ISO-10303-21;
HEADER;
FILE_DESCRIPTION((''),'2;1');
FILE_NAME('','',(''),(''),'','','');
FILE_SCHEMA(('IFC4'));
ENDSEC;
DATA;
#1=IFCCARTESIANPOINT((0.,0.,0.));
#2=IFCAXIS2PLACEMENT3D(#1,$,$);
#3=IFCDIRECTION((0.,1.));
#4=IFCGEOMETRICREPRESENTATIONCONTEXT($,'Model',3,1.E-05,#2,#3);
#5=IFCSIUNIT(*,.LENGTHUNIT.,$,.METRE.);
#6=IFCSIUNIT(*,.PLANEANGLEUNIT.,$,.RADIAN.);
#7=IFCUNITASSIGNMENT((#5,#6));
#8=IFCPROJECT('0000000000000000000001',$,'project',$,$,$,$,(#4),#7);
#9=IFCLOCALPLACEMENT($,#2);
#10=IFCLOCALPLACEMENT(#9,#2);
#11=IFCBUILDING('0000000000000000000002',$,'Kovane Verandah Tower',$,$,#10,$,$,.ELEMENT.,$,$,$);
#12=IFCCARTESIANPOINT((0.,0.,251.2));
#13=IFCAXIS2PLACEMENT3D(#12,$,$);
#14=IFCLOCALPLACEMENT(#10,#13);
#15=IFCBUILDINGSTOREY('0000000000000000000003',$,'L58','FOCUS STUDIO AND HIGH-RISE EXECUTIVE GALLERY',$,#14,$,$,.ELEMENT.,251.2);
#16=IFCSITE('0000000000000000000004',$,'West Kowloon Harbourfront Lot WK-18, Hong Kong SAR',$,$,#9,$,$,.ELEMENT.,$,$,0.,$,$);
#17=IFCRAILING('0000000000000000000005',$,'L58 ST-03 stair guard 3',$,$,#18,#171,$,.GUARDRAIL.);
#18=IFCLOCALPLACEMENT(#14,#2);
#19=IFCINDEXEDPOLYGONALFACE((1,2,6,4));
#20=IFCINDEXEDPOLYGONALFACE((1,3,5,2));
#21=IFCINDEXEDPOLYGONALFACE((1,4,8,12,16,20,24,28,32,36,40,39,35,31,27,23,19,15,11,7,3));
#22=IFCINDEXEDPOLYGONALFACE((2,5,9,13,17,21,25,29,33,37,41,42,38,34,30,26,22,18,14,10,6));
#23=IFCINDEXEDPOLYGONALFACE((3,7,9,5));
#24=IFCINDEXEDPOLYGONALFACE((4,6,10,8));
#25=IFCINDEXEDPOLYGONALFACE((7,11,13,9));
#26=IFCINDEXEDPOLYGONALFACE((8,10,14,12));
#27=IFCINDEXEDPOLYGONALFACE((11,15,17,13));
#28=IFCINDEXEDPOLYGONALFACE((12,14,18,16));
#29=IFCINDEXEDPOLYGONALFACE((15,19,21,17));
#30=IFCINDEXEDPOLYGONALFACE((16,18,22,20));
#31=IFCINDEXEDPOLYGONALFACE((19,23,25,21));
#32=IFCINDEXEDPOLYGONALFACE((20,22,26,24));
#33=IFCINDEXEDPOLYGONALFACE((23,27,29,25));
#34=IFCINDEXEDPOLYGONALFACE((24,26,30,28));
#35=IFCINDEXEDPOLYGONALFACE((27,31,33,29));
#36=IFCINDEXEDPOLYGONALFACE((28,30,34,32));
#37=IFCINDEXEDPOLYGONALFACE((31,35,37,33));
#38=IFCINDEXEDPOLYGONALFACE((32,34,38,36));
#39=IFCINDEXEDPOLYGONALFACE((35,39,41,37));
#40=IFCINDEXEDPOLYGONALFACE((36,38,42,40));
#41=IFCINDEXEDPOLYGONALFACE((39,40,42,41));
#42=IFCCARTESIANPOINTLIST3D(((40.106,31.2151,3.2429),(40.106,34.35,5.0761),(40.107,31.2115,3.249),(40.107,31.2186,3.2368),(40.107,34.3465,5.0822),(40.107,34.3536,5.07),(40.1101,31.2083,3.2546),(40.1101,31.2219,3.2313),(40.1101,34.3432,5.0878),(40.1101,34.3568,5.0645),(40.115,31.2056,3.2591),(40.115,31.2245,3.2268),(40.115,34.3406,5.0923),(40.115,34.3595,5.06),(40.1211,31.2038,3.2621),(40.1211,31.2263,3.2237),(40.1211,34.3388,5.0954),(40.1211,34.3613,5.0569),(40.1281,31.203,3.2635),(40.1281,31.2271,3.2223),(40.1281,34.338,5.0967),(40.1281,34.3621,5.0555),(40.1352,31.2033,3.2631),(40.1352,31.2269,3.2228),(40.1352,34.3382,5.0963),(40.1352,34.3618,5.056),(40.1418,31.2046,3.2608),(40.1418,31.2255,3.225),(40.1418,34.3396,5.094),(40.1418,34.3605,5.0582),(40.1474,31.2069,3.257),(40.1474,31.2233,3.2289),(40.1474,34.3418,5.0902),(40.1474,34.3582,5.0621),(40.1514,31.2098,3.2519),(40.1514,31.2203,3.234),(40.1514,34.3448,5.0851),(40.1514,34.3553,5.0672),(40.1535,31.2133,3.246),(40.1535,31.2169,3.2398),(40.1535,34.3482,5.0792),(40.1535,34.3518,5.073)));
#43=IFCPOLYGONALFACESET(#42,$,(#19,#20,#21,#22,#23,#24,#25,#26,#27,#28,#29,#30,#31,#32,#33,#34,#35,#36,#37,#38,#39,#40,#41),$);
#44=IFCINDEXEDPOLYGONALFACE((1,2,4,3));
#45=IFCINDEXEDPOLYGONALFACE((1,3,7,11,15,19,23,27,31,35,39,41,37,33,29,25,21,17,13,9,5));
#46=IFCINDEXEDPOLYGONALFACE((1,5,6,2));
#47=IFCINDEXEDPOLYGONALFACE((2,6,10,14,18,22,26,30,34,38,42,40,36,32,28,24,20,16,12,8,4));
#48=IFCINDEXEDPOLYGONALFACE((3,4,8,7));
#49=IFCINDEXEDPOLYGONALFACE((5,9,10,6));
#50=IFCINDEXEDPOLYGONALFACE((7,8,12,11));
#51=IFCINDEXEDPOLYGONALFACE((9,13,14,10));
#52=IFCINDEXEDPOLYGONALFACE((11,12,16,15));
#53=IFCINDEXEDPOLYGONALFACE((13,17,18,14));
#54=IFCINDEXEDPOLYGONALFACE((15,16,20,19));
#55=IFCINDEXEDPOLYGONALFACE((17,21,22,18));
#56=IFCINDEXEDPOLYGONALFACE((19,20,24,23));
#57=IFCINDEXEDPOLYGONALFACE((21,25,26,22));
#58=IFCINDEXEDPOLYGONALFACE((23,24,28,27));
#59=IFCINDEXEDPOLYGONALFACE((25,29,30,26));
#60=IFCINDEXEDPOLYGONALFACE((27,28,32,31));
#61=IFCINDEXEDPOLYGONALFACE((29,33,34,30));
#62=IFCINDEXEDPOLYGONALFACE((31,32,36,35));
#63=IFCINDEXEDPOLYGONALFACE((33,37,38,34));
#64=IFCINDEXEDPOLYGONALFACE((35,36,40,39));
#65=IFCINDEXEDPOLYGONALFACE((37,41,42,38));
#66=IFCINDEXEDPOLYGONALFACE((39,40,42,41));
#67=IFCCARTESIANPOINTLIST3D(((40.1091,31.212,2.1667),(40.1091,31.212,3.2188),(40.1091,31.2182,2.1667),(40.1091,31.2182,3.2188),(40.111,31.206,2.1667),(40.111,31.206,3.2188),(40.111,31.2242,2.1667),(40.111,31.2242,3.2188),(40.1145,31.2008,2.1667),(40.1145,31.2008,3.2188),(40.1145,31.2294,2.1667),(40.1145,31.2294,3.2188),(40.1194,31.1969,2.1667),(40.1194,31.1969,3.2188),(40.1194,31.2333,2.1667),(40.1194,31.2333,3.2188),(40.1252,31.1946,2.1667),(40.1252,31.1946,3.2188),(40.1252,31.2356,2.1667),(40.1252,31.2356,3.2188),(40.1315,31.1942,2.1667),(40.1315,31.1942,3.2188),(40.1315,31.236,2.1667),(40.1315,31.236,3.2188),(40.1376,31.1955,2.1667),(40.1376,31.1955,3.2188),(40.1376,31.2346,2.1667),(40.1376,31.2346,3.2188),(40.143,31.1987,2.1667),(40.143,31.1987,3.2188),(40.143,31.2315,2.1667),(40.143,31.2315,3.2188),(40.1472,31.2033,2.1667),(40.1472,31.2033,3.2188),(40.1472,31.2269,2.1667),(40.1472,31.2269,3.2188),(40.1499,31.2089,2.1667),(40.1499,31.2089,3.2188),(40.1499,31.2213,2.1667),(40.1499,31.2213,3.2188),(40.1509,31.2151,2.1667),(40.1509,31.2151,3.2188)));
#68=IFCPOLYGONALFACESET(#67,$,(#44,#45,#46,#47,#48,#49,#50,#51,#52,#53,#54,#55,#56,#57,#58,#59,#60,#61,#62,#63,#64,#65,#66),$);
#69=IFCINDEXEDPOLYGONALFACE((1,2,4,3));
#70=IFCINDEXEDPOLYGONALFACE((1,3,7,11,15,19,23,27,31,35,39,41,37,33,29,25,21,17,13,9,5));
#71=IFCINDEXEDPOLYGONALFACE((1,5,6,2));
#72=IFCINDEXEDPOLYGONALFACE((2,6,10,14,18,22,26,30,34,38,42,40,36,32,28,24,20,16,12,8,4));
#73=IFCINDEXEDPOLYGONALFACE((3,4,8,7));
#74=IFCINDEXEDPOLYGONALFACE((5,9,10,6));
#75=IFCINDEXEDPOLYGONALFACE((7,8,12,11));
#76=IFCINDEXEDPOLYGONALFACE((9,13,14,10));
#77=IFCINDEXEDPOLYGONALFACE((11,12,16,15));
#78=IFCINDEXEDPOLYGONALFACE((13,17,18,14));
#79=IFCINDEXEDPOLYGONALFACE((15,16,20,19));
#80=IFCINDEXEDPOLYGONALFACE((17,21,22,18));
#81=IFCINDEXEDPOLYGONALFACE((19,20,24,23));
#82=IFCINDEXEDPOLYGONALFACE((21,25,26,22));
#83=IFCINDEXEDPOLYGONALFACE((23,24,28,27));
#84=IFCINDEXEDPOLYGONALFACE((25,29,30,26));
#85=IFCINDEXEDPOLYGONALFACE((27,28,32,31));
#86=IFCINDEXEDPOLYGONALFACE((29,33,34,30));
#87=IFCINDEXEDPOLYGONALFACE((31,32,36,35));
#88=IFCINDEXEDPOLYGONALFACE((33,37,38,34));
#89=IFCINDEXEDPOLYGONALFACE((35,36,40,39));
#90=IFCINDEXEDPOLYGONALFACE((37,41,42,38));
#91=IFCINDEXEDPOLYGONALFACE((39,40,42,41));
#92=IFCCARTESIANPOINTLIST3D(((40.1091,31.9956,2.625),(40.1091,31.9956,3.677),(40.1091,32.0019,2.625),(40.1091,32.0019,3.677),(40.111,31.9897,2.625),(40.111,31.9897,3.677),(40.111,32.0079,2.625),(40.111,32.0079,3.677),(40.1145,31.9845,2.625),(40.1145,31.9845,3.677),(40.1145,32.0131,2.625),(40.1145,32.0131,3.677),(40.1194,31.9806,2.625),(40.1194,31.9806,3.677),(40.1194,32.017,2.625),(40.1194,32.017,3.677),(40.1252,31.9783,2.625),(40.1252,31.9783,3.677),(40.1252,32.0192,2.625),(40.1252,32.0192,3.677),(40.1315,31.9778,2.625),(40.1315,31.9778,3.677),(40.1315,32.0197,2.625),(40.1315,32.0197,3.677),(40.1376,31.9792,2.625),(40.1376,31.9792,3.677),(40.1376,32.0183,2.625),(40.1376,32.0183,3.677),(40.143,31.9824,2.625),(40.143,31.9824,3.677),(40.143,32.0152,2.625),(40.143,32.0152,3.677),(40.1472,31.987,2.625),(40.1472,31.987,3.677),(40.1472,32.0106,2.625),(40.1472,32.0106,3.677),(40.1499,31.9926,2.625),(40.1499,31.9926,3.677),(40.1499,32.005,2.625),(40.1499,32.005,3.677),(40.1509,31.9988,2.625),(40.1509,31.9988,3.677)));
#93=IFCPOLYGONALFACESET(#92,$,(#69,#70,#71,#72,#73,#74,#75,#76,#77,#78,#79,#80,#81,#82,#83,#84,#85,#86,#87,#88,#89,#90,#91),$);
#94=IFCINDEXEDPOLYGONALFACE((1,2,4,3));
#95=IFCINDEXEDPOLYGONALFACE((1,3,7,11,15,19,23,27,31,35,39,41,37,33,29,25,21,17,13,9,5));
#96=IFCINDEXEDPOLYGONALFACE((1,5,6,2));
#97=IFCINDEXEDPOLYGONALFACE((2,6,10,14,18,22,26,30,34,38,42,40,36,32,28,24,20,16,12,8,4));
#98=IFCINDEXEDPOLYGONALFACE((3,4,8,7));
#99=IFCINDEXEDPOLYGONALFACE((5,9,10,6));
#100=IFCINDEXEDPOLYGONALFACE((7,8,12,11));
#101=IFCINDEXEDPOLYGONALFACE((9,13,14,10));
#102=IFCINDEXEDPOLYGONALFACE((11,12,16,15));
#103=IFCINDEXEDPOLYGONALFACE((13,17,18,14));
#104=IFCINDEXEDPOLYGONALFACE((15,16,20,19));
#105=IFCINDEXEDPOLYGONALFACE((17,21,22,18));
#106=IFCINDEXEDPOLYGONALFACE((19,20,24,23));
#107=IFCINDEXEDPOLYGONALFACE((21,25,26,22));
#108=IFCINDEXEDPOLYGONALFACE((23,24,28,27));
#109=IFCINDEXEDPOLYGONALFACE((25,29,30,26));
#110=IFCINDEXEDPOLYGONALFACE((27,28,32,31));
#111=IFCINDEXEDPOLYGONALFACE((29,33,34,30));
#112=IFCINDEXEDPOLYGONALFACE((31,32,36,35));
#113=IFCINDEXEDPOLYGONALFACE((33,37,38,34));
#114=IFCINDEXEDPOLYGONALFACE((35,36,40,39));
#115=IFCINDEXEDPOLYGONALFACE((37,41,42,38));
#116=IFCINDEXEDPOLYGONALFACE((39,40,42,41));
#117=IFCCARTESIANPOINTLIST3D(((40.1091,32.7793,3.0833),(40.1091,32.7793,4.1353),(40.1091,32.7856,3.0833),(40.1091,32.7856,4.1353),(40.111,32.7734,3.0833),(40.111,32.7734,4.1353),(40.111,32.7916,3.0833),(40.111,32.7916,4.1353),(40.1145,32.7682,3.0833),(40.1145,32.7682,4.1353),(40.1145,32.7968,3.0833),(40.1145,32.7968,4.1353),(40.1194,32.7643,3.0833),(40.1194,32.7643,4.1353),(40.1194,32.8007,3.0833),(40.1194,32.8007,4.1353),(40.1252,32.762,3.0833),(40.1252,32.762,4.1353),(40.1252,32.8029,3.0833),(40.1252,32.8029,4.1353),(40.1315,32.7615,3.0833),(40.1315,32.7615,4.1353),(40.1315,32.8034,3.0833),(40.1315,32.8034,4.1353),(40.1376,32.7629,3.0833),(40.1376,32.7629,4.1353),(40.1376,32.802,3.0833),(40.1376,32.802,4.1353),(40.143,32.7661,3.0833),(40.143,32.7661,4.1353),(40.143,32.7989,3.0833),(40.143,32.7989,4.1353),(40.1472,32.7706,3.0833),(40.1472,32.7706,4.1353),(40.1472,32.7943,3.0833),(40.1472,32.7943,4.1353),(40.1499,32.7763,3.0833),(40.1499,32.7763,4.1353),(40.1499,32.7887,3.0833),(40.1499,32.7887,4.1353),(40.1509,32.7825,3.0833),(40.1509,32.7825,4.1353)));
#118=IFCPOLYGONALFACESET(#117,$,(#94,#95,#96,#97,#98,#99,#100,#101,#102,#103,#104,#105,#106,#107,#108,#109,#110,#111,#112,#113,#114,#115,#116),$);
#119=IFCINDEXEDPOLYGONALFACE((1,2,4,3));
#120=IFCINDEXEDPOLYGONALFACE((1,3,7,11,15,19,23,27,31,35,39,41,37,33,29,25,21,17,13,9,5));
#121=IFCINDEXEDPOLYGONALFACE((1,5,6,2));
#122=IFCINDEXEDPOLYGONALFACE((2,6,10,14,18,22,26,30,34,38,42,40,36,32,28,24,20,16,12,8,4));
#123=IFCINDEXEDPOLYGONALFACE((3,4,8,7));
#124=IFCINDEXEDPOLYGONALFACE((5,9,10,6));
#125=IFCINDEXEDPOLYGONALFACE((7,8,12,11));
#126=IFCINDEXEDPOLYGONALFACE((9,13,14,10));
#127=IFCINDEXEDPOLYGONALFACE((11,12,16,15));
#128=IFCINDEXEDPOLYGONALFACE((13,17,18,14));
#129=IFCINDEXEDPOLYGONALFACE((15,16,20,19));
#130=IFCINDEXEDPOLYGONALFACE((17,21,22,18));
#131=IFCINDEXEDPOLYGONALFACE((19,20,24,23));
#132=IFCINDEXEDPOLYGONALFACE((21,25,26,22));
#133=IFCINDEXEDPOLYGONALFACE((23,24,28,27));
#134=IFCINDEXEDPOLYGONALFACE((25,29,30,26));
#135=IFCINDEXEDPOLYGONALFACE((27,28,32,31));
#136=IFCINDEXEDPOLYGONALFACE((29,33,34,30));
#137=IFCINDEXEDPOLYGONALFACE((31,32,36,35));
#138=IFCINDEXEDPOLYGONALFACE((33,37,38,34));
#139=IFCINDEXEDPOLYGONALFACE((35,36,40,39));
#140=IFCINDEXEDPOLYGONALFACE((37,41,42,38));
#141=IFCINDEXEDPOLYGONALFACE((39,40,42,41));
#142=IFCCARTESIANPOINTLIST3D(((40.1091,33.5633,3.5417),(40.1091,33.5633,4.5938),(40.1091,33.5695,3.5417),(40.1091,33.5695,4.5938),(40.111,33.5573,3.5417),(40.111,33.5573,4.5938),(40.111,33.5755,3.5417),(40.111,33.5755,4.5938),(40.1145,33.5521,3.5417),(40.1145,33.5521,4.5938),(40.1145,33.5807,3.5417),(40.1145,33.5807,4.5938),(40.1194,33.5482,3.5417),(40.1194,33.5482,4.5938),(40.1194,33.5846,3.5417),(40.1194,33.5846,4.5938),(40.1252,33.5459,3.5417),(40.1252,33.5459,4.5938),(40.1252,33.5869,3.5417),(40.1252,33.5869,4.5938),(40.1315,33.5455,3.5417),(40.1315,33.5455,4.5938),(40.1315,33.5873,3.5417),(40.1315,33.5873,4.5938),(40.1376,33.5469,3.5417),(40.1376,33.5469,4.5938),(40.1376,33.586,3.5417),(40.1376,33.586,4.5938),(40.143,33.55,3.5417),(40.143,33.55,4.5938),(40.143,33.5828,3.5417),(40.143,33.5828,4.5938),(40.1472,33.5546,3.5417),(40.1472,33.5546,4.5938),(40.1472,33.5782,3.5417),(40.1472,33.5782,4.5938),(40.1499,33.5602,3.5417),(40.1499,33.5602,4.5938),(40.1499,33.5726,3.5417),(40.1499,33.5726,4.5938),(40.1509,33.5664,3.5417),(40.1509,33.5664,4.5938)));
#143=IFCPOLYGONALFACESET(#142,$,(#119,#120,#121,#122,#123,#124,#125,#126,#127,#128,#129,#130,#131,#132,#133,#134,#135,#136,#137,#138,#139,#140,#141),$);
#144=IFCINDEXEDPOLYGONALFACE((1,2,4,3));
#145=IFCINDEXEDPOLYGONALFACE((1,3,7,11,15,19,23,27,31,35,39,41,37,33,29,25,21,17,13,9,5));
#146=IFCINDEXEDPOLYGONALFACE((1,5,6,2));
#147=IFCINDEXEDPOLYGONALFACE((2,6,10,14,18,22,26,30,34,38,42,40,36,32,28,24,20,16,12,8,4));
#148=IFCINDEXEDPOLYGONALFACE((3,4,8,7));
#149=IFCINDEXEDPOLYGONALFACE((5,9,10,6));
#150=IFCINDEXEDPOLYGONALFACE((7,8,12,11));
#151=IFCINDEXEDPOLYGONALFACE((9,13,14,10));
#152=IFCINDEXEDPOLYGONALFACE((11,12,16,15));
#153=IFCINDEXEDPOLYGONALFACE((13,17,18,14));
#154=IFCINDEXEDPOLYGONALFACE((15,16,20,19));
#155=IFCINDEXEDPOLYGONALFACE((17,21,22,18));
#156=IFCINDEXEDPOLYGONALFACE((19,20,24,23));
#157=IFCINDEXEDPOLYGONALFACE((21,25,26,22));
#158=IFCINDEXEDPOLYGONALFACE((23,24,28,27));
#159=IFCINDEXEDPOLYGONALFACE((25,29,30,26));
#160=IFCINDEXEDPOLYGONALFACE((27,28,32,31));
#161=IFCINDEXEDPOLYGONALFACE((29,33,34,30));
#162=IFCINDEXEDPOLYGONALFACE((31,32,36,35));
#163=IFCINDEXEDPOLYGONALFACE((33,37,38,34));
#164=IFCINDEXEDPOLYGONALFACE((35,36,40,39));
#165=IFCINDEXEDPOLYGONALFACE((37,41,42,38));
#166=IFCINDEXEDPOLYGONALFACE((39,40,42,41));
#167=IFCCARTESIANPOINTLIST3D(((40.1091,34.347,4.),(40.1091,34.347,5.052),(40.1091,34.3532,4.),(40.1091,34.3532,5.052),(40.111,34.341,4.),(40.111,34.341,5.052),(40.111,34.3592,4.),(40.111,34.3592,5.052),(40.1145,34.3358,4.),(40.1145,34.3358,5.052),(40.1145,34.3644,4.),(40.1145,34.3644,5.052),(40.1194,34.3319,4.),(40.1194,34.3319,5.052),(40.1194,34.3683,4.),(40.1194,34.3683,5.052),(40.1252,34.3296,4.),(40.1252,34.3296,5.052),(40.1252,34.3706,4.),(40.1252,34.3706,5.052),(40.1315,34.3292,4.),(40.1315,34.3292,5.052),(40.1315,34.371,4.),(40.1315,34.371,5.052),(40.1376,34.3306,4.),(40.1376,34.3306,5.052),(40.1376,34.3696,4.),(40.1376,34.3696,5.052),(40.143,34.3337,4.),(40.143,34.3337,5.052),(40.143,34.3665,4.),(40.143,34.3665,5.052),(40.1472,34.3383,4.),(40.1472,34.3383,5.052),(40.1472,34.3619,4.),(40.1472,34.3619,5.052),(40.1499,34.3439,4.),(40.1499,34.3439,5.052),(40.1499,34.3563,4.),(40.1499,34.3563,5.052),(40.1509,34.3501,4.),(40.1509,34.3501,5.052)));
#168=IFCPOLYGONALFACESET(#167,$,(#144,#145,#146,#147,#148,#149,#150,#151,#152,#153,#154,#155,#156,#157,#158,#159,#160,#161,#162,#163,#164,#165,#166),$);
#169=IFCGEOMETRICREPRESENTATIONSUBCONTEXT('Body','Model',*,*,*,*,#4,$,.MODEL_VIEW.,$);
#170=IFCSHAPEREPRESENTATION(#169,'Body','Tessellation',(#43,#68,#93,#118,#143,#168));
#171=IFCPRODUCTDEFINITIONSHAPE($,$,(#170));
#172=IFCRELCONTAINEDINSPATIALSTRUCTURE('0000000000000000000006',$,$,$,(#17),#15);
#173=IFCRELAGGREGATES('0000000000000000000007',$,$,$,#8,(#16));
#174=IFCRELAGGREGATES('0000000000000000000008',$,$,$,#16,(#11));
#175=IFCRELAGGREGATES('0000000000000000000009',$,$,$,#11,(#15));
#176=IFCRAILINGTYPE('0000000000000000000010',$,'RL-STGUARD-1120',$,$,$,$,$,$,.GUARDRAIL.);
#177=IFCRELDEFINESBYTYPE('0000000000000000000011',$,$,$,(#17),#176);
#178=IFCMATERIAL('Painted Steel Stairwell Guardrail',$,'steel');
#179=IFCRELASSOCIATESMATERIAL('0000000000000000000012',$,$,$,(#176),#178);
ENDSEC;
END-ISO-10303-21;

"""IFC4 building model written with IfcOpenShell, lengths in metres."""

from ifc_helpers import new_model, si_unit, direction, frame, origin, origin_2d, place, context, subcontext, project, spatial, circle, extrude, material, type_object, element, save


model = new_model("IFC4")

# Units and contexts
model_context = context("Model", 3, precision=1e-05, world=origin(), true_north=direction((0.0, 1.0)))
body_context = subcontext(model_context, "Body", "Model", "MODEL_VIEW")
ifc_project = project(units=[si_unit("LENGTHUNIT", "METRE"), si_unit("PLANEANGLEUNIT", "RADIAN")], contexts=[model_context])

# Site, building, storey
site_placement = place(None, origin())
site = spatial("IfcSite", under=ifc_project, at=site_placement, Name="West Kowloon Harbourfront Lot WK-18, Hong Kong SAR", CompositionType="ELEMENT", RefElevation=0.0)
building_placement = place(site_placement, origin())
building = spatial("IfcBuilding", under=site, at=building_placement, Name="Kovane Verandah Tower", CompositionType="ELEMENT")
storey_placement = place(building_placement, frame((0.0, 0.0, 251.2)))
storey = spatial("IfcBuildingStorey", under=building, at=storey_placement, Name="L58", Description="FOCUS STUDIO AND HIGH-RISE EXECUTIVE GALLERY", CompositionType="ELEMENT", Elevation=251.2)

# Railing
ifc_material_1 = material(Name="Painted Steel Stairwell Guardrail", Category="steel")
railing_type_1 = type_object("IfcRailingType", Name="RL-STGUARD-1120", PredefinedType="GUARDRAIL", material=ifc_material_1)
railing_1_placement = place(storey_placement, frame((40.1299, 31.2151, 2.1667)))
element("IfcRailing", 1, at=railing_1_placement, inside=storey, type_object=railing_type_1, Name="L58 ST-03 stair guard 3", PredefinedType="GUARDRAIL", context=body_context, shape_type="SweptSolid", body=[
    extrude(circle(Radius=0.0239, at=origin_2d()), frame((0.0, 0.0, 1.0762), z_axis=(0.0, 0.86324, 0.504794), x_axis=(-1.0, 0.0, 0.0)), (0.0, 0.0, 1.0), 3.6316),
    extrude(circle(Radius=0.021, at=origin_2d()), origin(), (0.0, 0.0, 1.0), 1.052),
    extrude(circle(Radius=0.021, at=origin_2d()), frame((0.0, 0.7837, 0.4583)), (0.0, 0.0, 1.0), 1.052),
    extrude(circle(Radius=0.021, at=origin_2d()), frame((0.0, 1.5674, 0.9165)), (0.0, 0.0, 1.0), 1.052),
    extrude(circle(Radius=0.021, at=origin_2d()), frame((0.0, 2.3513, 1.375)), (0.0, 0.0, 1.0), 1.052),
    extrude(circle(Radius=0.021, at=origin_2d()), frame((0.0, 3.135, 1.8333)), (0.0, 0.0, 1.0), 1.052),
])

save(model, "model.ifc")
